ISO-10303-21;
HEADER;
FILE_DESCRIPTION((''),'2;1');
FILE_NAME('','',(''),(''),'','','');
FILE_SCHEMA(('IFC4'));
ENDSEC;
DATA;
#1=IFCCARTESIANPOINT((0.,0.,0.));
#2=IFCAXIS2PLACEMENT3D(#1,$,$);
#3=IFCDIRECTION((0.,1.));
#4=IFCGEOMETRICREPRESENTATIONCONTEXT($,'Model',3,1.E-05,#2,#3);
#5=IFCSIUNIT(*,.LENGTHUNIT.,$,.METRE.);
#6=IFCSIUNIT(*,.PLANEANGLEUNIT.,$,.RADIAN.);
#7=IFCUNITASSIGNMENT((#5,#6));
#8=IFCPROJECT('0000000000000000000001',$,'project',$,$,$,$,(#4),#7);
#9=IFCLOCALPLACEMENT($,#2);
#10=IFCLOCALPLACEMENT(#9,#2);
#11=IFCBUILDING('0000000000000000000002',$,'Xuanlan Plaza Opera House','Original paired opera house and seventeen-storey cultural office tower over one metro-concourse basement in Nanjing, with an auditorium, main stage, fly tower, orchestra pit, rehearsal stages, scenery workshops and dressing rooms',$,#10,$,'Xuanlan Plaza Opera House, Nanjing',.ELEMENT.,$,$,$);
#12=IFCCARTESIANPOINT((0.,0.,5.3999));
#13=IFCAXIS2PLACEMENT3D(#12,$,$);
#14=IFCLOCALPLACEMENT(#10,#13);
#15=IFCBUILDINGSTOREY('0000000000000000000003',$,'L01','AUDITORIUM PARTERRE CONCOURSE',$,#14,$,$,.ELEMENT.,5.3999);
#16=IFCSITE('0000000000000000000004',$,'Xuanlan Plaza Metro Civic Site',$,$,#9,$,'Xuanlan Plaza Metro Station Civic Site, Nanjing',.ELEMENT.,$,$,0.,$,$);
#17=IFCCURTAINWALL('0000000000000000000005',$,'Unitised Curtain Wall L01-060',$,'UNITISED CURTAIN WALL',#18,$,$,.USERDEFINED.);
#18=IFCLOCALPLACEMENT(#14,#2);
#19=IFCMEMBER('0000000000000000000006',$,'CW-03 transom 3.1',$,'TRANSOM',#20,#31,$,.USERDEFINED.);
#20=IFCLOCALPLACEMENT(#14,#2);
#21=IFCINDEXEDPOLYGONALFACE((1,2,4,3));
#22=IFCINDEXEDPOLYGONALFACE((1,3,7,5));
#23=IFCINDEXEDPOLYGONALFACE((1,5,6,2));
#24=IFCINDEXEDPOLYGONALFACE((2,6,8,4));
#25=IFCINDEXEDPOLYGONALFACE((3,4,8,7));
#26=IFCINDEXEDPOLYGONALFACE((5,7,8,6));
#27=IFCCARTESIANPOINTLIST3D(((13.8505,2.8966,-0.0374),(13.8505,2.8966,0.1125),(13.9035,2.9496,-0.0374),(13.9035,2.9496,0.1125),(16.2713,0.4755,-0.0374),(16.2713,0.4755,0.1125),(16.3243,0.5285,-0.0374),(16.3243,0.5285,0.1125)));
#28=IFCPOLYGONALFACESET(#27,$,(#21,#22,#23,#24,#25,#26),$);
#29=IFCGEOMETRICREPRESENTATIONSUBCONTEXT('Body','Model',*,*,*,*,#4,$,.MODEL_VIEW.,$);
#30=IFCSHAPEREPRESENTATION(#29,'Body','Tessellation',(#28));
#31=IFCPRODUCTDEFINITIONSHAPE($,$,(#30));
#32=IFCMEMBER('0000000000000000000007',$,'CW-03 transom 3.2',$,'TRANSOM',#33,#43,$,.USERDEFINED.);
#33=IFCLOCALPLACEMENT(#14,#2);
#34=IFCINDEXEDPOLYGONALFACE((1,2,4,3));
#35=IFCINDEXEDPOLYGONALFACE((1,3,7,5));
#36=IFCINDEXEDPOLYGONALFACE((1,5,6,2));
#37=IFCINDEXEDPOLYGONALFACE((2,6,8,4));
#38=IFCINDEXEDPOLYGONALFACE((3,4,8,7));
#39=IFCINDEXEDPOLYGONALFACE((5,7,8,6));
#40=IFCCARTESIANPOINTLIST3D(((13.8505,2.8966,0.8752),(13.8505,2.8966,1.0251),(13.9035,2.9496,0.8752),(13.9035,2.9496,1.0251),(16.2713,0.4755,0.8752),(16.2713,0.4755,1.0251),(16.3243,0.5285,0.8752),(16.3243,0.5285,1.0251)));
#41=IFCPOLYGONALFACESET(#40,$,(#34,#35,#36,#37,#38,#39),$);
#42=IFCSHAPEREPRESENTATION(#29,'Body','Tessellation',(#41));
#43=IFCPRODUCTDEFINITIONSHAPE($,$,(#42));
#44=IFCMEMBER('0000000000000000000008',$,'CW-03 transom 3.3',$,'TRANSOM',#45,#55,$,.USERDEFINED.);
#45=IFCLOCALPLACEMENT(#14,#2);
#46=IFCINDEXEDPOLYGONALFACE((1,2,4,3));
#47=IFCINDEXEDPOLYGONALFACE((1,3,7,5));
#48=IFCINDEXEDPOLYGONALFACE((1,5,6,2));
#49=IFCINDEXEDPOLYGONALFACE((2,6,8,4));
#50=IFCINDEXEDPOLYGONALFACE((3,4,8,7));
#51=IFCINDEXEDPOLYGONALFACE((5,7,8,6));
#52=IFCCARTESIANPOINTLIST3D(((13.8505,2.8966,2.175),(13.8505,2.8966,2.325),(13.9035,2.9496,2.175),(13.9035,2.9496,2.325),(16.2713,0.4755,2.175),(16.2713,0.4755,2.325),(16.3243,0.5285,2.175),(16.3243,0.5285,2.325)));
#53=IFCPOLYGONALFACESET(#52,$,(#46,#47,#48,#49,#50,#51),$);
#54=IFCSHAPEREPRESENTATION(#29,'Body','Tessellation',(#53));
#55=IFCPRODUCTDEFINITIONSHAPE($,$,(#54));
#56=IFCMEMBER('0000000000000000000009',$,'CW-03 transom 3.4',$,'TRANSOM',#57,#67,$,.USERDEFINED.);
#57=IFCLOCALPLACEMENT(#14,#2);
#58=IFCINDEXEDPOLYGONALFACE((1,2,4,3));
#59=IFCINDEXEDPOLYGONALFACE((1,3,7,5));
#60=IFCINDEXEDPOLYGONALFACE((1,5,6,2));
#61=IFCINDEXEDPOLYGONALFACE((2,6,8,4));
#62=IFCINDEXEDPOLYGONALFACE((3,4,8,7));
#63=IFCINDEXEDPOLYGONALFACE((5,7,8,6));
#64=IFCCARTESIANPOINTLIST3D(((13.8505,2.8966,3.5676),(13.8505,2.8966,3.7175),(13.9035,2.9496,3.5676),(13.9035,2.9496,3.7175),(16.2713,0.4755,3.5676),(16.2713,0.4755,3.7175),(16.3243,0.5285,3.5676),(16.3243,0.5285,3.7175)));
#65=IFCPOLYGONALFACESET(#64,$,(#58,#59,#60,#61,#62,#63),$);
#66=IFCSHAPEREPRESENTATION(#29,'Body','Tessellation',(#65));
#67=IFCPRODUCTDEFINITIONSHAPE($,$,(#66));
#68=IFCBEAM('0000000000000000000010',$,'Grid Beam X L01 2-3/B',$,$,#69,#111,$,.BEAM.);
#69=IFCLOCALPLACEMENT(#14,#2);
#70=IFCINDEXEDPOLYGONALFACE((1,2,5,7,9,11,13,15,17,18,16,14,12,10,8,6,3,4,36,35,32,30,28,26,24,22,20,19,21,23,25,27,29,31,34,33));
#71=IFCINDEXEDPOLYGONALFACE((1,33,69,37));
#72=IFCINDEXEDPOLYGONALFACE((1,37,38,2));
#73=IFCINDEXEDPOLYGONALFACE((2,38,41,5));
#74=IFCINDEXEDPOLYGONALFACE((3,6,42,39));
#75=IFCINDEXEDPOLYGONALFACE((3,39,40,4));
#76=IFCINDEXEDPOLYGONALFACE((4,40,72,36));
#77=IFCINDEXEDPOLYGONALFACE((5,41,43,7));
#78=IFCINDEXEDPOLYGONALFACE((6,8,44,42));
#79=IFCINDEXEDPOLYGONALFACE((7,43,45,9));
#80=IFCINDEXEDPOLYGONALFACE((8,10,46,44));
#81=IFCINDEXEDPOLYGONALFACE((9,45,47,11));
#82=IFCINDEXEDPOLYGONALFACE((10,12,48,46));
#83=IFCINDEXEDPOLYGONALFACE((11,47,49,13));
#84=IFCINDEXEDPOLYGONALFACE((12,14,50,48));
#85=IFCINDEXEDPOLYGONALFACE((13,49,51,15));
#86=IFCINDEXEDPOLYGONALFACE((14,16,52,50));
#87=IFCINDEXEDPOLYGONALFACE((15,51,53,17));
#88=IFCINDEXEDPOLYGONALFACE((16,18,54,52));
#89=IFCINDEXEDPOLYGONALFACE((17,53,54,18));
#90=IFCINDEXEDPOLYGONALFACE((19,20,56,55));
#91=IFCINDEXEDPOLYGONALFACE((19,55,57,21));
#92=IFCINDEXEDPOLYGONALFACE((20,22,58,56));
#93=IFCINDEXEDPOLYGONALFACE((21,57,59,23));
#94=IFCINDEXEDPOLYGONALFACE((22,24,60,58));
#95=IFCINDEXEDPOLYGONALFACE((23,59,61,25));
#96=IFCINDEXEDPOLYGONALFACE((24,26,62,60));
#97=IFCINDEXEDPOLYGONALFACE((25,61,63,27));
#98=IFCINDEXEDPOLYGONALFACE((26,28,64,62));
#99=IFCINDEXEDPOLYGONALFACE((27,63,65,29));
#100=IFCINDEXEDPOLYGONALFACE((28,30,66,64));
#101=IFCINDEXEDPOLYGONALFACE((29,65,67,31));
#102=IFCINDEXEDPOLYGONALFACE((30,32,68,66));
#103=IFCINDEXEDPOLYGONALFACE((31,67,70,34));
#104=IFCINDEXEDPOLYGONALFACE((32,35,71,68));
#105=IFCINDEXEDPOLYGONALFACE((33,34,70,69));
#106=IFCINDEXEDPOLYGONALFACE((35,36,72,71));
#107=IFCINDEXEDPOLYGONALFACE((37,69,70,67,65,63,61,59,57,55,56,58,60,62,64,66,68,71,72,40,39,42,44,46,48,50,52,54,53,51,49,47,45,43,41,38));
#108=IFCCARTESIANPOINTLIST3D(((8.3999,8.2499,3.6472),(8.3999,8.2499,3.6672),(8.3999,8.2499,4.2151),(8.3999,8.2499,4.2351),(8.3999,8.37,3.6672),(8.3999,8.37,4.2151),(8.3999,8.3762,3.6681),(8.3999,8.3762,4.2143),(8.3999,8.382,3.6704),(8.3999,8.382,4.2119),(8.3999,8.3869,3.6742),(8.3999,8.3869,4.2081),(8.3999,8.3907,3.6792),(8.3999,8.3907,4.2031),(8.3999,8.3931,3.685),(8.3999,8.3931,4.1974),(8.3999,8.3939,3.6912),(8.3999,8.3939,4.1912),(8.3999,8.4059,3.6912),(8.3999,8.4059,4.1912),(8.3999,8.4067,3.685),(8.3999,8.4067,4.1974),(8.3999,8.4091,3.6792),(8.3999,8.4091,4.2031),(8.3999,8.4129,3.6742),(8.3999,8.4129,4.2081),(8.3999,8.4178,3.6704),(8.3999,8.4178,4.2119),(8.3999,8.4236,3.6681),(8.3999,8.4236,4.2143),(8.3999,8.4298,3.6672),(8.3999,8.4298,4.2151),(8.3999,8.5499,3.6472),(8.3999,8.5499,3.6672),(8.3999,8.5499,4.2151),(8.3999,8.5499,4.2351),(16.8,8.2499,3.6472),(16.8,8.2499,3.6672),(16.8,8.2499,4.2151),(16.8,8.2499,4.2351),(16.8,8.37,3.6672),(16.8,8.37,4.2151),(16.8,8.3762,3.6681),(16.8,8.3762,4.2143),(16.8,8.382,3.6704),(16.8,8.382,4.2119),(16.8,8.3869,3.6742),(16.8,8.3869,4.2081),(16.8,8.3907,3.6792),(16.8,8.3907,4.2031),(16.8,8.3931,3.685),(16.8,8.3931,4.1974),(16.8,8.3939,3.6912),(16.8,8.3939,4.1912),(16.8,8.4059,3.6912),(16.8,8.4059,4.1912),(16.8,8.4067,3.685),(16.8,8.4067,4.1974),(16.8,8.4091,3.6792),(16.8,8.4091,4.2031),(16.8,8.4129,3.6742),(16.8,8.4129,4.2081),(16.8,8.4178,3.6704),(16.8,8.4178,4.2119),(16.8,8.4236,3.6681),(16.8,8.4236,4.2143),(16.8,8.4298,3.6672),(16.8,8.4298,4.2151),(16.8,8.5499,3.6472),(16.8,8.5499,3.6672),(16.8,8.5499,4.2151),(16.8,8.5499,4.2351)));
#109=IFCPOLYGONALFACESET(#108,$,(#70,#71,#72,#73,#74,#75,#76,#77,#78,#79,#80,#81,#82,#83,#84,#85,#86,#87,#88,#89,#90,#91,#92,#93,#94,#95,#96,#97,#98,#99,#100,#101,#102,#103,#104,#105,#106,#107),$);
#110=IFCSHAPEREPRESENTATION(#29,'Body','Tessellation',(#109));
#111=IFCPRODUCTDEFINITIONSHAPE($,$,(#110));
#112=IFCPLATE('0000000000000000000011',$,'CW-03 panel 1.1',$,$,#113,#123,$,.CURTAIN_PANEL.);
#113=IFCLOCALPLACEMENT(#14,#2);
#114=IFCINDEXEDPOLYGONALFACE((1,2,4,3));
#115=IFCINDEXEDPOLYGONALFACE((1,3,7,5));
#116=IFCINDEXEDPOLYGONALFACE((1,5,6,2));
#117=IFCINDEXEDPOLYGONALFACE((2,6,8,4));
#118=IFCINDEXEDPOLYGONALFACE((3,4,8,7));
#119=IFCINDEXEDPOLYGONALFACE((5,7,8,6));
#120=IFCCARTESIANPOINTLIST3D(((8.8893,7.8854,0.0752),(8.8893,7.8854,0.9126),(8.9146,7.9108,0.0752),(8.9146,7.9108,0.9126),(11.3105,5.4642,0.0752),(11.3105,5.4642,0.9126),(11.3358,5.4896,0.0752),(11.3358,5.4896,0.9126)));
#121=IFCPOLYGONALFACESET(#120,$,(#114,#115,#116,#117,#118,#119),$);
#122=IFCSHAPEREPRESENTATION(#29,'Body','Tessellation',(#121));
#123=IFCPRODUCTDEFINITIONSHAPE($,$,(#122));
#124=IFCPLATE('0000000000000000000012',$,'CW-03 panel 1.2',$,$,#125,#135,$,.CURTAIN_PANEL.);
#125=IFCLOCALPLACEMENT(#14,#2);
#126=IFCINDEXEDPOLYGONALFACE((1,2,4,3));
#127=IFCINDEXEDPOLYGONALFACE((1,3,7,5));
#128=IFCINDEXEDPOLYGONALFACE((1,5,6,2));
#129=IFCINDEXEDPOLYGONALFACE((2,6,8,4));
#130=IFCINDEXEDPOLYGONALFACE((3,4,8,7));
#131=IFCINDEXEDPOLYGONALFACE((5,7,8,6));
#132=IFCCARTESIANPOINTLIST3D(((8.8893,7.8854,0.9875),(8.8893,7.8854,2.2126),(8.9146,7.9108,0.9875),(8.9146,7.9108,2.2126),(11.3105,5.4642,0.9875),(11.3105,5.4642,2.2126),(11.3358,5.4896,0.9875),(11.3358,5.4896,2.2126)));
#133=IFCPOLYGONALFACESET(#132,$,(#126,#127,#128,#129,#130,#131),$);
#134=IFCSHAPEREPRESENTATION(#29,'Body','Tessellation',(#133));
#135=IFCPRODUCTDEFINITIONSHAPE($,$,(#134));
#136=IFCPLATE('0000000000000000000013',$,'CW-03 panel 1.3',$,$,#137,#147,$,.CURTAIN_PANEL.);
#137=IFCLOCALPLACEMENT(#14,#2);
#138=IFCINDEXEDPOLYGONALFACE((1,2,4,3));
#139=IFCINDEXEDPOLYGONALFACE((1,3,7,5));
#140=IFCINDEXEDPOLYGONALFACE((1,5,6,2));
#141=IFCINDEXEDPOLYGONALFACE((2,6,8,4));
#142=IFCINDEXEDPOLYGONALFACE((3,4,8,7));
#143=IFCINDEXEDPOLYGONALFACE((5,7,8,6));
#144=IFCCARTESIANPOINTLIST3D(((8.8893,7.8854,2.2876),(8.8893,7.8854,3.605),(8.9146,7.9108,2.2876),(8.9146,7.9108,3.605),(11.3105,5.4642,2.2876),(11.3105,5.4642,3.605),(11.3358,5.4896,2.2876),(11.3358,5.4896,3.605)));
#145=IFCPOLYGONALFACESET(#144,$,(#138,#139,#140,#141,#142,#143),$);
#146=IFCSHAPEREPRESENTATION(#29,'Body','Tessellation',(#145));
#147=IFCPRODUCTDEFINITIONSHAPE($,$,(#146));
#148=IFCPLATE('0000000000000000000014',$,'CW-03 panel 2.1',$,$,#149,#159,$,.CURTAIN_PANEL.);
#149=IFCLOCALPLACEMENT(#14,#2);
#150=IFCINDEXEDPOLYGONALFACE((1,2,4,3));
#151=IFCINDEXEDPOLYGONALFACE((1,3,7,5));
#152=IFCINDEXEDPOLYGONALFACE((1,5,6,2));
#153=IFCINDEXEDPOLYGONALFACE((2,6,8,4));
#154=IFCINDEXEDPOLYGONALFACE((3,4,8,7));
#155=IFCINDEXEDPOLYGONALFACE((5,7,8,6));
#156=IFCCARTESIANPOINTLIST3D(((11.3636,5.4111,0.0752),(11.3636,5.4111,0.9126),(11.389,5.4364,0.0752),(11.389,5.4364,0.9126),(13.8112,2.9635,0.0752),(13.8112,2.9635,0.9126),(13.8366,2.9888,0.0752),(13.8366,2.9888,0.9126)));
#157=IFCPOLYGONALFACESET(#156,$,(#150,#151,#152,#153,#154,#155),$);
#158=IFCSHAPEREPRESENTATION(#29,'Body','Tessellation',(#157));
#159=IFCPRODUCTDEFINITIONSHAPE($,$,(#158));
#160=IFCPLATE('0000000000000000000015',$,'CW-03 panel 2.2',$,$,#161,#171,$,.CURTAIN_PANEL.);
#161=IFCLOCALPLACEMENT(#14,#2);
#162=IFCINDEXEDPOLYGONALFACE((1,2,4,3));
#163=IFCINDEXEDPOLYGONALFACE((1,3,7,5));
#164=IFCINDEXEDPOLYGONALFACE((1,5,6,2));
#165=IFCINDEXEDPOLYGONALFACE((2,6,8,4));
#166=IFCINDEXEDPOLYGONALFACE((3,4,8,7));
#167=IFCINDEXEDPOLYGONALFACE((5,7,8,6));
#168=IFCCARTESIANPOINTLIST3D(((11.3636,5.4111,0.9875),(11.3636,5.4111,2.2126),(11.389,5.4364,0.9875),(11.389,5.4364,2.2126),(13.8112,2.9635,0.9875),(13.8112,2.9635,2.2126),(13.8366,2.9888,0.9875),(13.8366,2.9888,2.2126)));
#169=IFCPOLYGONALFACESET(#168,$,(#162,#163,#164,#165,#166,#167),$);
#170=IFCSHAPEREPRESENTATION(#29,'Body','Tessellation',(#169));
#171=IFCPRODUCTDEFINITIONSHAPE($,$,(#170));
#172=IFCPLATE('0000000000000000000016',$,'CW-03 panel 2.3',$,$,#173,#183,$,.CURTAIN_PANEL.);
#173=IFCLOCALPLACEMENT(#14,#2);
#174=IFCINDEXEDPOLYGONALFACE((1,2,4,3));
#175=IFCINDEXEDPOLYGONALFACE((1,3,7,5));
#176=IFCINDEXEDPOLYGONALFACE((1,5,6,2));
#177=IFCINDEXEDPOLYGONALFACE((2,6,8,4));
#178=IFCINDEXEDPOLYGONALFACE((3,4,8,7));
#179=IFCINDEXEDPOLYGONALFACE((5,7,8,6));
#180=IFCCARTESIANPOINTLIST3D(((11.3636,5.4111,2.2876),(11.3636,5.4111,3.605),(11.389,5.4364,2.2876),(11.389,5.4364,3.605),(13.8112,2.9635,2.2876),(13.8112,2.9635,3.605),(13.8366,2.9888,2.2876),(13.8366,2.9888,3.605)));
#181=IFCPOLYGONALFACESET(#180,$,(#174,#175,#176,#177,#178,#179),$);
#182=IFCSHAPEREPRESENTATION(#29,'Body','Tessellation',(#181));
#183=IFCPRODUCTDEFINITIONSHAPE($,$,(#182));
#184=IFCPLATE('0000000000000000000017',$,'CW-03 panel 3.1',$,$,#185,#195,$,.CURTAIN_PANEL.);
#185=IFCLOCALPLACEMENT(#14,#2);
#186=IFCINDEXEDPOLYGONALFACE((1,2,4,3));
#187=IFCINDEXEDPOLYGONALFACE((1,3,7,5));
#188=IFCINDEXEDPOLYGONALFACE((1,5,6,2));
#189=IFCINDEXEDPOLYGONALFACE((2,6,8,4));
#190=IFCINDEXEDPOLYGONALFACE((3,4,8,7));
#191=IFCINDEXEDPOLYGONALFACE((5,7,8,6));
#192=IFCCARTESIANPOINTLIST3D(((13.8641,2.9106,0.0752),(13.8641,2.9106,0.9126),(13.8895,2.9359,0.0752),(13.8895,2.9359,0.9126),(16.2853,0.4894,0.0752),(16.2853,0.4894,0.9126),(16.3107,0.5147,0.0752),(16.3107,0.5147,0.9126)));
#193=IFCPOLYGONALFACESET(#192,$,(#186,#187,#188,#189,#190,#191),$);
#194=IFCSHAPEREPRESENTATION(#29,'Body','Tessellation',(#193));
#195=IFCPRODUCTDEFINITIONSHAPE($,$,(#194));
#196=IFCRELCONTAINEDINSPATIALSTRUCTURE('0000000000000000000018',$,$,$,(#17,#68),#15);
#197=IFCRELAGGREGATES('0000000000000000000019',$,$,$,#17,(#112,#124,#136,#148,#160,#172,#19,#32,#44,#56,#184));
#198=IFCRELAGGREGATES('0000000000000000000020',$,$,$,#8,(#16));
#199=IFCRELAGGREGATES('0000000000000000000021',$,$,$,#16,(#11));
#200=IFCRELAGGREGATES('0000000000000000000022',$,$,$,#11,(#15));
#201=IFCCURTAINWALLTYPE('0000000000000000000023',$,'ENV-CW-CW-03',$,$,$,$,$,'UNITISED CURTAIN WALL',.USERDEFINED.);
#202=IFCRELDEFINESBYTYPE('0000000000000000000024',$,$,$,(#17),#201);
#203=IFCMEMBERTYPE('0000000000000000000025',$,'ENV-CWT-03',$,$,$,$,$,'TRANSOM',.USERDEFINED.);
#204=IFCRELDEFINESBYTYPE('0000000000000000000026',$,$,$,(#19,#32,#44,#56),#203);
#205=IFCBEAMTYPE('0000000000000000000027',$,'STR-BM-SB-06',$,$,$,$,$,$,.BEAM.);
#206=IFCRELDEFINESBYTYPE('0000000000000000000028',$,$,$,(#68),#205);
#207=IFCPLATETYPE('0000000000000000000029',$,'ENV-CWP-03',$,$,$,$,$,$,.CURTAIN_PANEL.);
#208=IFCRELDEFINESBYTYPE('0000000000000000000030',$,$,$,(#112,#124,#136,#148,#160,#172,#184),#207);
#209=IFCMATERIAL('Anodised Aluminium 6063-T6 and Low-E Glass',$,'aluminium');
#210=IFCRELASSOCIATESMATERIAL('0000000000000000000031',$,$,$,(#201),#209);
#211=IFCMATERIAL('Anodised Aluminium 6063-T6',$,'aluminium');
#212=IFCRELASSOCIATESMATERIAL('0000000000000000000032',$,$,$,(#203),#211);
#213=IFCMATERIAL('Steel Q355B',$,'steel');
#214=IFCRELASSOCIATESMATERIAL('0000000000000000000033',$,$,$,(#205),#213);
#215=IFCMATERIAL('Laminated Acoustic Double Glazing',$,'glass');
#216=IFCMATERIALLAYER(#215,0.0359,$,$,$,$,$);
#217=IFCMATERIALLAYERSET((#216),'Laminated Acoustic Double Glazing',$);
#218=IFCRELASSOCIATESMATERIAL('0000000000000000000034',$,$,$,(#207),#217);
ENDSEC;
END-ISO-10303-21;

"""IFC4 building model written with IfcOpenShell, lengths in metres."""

from ifc_helpers import new_model, si_unit, direction, frame, origin, origin_2d, place, context, subcontext, project, spatial, rectangle, i_section, extrude, material, layer, layer_set, material_profile, profile_set, type_object, element, aggregate, save


model = new_model("IFC4")

# Units and contexts
model_context = context("Model", 3, precision=1e-05, world=origin(), true_north=direction((0.0, 1.0)))
body_context = subcontext(model_context, "Body", "Model", "MODEL_VIEW")
ifc_project = project(units=[si_unit("LENGTHUNIT", "METRE"), si_unit("PLANEANGLEUNIT", "RADIAN")], contexts=[model_context])

# Site, building, storey
site_placement = place(None, origin())
site = spatial("IfcSite", under=ifc_project, at=site_placement, Name="Xuanlan Plaza Metro Civic Site", LongName="Xuanlan Plaza Metro Station Civic Site, Nanjing", CompositionType="ELEMENT", RefElevation=0.0)
building_placement = place(site_placement, origin())
building = spatial("IfcBuilding", under=site, at=building_placement, Name="Xuanlan Plaza Opera House", Description="Original paired opera house and seventeen-storey cultural office tower over one metro-concourse basement in Nanjing, with an auditorium, main stage, fly tower, orchestra pit, rehearsal stages, scenery workshops and dressing rooms", LongName="Xuanlan Plaza Opera House, Nanjing", CompositionType="ELEMENT")
storey_placement = place(building_placement, frame((0.0, 0.0, 5.3999)))
storey = spatial("IfcBuildingStorey", under=building, at=storey_placement, Name="L01", Description="AUDITORIUM PARTERRE CONCOURSE", CompositionType="ELEMENT", Elevation=5.3999)

# Curtain wall, members
ifc_material_1 = material(Name="Anodised Aluminium 6063-T6 and Low-E Glass", Category="aluminium")
curtain_wall_type = type_object("IfcCurtainWallType", Name="ENV-CW-CW-03", ElementType="UNITISED CURTAIN WALL", PredefinedType="USERDEFINED", material=ifc_material_1)
curtain_wall_placement = place(storey_placement, origin())
curtain_wall = element("IfcCurtainWall", 1, at=curtain_wall_placement, inside=storey, type_object=curtain_wall_type, Name="Unitised Curtain Wall L01-060", ObjectType="UNITISED CURTAIN WALL", PredefinedType="USERDEFINED")
ifc_material_2 = material(Name="Anodised Aluminium 6063-T6", Category="aluminium")
ifc_material_profile_1 = material_profile(ifc_material_2, rectangle(XDim=0.075, YDim=0.1499, at=origin_2d()), Name="ALU-T 75x150")
ifc_profile_set_1 = profile_set([ifc_material_profile_1], Name="Anodised Aluminium 6063-T6")
member_type_1 = type_object("IfcMemberType", Name="ENV-CWT-03", ElementType="TRANSOM", PredefinedType="USERDEFINED", material=ifc_profile_set_1)
member_1_placement = place(storey_placement, frame((13.877, 2.9231, 0.0376), z_axis=(0.707071, -0.707142, 0.0), x_axis=(0.707142, 0.707071, 0.0)))
member_1 = element("IfcMember", 2, at=member_1_placement, type_object=member_type_1, Name="CW-03 transom 3.1", ObjectType="TRANSOM", PredefinedType="USERDEFINED", context=body_context, shape_type="SweptSolid", body=[
    extrude(rectangle(XDim=0.075, YDim=0.1499, at=origin_2d()), origin(), (0.0, 0.0, 1.0), 3.4238),
])
member_2_placement = place(storey_placement, frame((13.877, 2.9231, 0.9502), z_axis=(0.707071, -0.707142, 0.0), x_axis=(0.707142, 0.707071, 0.0)))
member_2 = element("IfcMember", 3, at=member_2_placement, type_object=member_type_1, Name="CW-03 transom 3.2", ObjectType="TRANSOM", PredefinedType="USERDEFINED", context=body_context, shape_type="SweptSolid", body=[
    extrude(rectangle(XDim=0.075, YDim=0.1499, at=origin_2d()), origin(), (0.0, 0.0, 1.0), 3.4238),
])
member_3_placement = place(storey_placement, frame((13.877, 2.9231, 2.25), z_axis=(0.707071, -0.707142, 0.0), x_axis=(0.707142, 0.707071, 0.0)))
member_3 = element("IfcMember", 4, at=member_3_placement, type_object=member_type_1, Name="CW-03 transom 3.3", ObjectType="TRANSOM", PredefinedType="USERDEFINED", context=body_context, shape_type="SweptSolid", body=[
    extrude(rectangle(XDim=0.075, YDim=0.1499, at=origin_2d()), origin(), (0.0, 0.0, 1.0), 3.4238),
])
member_4_placement = place(storey_placement, frame((13.877, 2.9231, 3.6426), z_axis=(0.707071, -0.707142, 0.0), x_axis=(0.707142, 0.707071, 0.0)))
member_4 = element("IfcMember", 5, at=member_4_placement, type_object=member_type_1, Name="CW-03 transom 3.4", ObjectType="TRANSOM", PredefinedType="USERDEFINED", context=body_context, shape_type="SweptSolid", body=[
    extrude(rectangle(XDim=0.075, YDim=0.1499, at=origin_2d()), origin(), (0.0, 0.0, 1.0), 3.4238),
])

# Beam
ifc_material_3 = material(Name="Steel Q355B", Category="steel")
ifc_material_profile_2 = material_profile(ifc_material_3, i_section(OverallWidth=0.3, OverallDepth=0.5879, WebThickness=0.012, FlangeThickness=0.02, FilletRadius=0.0239, at=origin_2d()), Name="HM 588x300x12x20")
ifc_profile_set_2 = profile_set([ifc_material_profile_2], Name="Steel Q355B")
beam_type = type_object("IfcBeamType", Name="STR-BM-SB-06", PredefinedType="BEAM", material=ifc_profile_set_2)
beam_placement = place(storey_placement, frame((8.3999, 8.3999, 3.9412), z_axis=(1.0, 0.0, 0.0), x_axis=(0.0, 1.0, 0.0)))
element("IfcBeam", 6, at=beam_placement, inside=storey, type_object=beam_type, Name="Grid Beam X L01 2-3/B", PredefinedType="BEAM", context=body_context, shape_type="SweptSolid", body=[
    extrude(i_section(OverallWidth=0.3, OverallDepth=0.5879, WebThickness=0.012, FlangeThickness=0.02, FilletRadius=0.0239, at=origin_2d()), origin(), (0.0, 0.0, 1.0), 8.4001),
])

# Plates
ifc_material_4 = material(Name="Laminated Acoustic Double Glazing", Category="glass")
ifc_layer_1 = layer(ifc_material_4, 0.0359)
ifc_layer_set_1 = layer_set([ifc_layer_1], Name="Laminated Acoustic Double Glazing")
plate_type = type_object("IfcPlateType", Name="ENV-CWP-03", PredefinedType="CURTAIN_PANEL", material=ifc_layer_set_1)
plate_1_placement = place(storey_placement, frame((10.1125, 6.6875, 0.0752), z_axis=(0.0, 0.0, 1.0), x_axis=(0.707107, -0.707107, 0.0)))
plate_1 = element("IfcPlate", 7, at=plate_1_placement, type_object=plate_type, Name="CW-03 panel 1.1", PredefinedType="CURTAIN_PANEL", context=body_context, shape_type="SweptSolid", body=[
    extrude(rectangle(XDim=3.4241, YDim=0.0359, at=origin_2d()), origin(), (0.0, 0.0, 1.0), 0.8374),
])
plate_2_placement = place(storey_placement, frame((10.1125, 6.6875, 0.9875), z_axis=(0.0, 0.0, 1.0), x_axis=(0.707107, -0.707107, 0.0)))
plate_2 = element("IfcPlate", 8, at=plate_2_placement, type_object=plate_type, Name="CW-03 panel 1.2", PredefinedType="CURTAIN_PANEL", context=body_context, shape_type="SweptSolid", body=[
    extrude(rectangle(XDim=3.4241, YDim=0.0359, at=origin_2d()), origin(), (0.0, 0.0, 1.0), 1.2251),
])
plate_3_placement = place(storey_placement, frame((10.1125, 6.6875, 2.2876), z_axis=(0.0, 0.0, 1.0), x_axis=(0.707107, -0.707107, 0.0)))
plate_3 = element("IfcPlate", 9, at=plate_3_placement, type_object=plate_type, Name="CW-03 panel 1.3", PredefinedType="CURTAIN_PANEL", context=body_context, shape_type="SweptSolid", body=[
    extrude(rectangle(XDim=3.4241, YDim=0.0359, at=origin_2d()), origin(), (0.0, 0.0, 1.0), 1.3174),
])
plate_4_placement = place(storey_placement, frame((12.6001, 4.2, 0.0752), z_axis=(0.0, 0.0, 1.0), x_axis=(0.707107, -0.707107, 0.0)))
plate_4 = element("IfcPlate", 10, at=plate_4_placement, type_object=plate_type, Name="CW-03 panel 2.1", PredefinedType="CURTAIN_PANEL", context=body_context, shape_type="SweptSolid", body=[
    extrude(rectangle(XDim=3.4614, YDim=0.0359, at=origin_2d()), origin(), (0.0, 0.0, 1.0), 0.8374),
])
plate_5_placement = place(storey_placement, frame((12.6001, 4.2, 0.9875), z_axis=(0.0, 0.0, 1.0), x_axis=(0.707107, -0.707107, 0.0)))
plate_5 = element("IfcPlate", 11, at=plate_5_placement, type_object=plate_type, Name="CW-03 panel 2.2", PredefinedType="CURTAIN_PANEL", context=body_context, shape_type="SweptSolid", body=[
    extrude(rectangle(XDim=3.4614, YDim=0.0359, at=origin_2d()), origin(), (0.0, 0.0, 1.0), 1.2251),
])
plate_6_placement = place(storey_placement, frame((12.6001, 4.2, 2.2876), z_axis=(0.0, 0.0, 1.0), x_axis=(0.707107, -0.707107, 0.0)))
plate_6 = element("IfcPlate", 12, at=plate_6_placement, type_object=plate_type, Name="CW-03 panel 2.3", PredefinedType="CURTAIN_PANEL", context=body_context, shape_type="SweptSolid", body=[
    extrude(rectangle(XDim=3.4614, YDim=0.0359, at=origin_2d()), origin(), (0.0, 0.0, 1.0), 1.3174),
])
plate_7_placement = place(storey_placement, frame((15.0874, 1.7126, 0.0752), z_axis=(0.0, 0.0, 1.0), x_axis=(0.707107, -0.707107, 0.0)))
plate_7 = element("IfcPlate", 13, at=plate_7_placement, type_object=plate_type, Name="CW-03 panel 3.1", PredefinedType="CURTAIN_PANEL", context=body_context, shape_type="SweptSolid", body=[
    extrude(rectangle(XDim=3.4241, YDim=0.0359, at=origin_2d()), origin(), (0.0, 0.0, 1.0), 0.8374),
])
aggregate(curtain_wall, [plate_1, plate_2, plate_3, plate_4, plate_5, plate_6, member_1, member_2, member_3, member_4, plate_7])

save(model, "model.ifc")
